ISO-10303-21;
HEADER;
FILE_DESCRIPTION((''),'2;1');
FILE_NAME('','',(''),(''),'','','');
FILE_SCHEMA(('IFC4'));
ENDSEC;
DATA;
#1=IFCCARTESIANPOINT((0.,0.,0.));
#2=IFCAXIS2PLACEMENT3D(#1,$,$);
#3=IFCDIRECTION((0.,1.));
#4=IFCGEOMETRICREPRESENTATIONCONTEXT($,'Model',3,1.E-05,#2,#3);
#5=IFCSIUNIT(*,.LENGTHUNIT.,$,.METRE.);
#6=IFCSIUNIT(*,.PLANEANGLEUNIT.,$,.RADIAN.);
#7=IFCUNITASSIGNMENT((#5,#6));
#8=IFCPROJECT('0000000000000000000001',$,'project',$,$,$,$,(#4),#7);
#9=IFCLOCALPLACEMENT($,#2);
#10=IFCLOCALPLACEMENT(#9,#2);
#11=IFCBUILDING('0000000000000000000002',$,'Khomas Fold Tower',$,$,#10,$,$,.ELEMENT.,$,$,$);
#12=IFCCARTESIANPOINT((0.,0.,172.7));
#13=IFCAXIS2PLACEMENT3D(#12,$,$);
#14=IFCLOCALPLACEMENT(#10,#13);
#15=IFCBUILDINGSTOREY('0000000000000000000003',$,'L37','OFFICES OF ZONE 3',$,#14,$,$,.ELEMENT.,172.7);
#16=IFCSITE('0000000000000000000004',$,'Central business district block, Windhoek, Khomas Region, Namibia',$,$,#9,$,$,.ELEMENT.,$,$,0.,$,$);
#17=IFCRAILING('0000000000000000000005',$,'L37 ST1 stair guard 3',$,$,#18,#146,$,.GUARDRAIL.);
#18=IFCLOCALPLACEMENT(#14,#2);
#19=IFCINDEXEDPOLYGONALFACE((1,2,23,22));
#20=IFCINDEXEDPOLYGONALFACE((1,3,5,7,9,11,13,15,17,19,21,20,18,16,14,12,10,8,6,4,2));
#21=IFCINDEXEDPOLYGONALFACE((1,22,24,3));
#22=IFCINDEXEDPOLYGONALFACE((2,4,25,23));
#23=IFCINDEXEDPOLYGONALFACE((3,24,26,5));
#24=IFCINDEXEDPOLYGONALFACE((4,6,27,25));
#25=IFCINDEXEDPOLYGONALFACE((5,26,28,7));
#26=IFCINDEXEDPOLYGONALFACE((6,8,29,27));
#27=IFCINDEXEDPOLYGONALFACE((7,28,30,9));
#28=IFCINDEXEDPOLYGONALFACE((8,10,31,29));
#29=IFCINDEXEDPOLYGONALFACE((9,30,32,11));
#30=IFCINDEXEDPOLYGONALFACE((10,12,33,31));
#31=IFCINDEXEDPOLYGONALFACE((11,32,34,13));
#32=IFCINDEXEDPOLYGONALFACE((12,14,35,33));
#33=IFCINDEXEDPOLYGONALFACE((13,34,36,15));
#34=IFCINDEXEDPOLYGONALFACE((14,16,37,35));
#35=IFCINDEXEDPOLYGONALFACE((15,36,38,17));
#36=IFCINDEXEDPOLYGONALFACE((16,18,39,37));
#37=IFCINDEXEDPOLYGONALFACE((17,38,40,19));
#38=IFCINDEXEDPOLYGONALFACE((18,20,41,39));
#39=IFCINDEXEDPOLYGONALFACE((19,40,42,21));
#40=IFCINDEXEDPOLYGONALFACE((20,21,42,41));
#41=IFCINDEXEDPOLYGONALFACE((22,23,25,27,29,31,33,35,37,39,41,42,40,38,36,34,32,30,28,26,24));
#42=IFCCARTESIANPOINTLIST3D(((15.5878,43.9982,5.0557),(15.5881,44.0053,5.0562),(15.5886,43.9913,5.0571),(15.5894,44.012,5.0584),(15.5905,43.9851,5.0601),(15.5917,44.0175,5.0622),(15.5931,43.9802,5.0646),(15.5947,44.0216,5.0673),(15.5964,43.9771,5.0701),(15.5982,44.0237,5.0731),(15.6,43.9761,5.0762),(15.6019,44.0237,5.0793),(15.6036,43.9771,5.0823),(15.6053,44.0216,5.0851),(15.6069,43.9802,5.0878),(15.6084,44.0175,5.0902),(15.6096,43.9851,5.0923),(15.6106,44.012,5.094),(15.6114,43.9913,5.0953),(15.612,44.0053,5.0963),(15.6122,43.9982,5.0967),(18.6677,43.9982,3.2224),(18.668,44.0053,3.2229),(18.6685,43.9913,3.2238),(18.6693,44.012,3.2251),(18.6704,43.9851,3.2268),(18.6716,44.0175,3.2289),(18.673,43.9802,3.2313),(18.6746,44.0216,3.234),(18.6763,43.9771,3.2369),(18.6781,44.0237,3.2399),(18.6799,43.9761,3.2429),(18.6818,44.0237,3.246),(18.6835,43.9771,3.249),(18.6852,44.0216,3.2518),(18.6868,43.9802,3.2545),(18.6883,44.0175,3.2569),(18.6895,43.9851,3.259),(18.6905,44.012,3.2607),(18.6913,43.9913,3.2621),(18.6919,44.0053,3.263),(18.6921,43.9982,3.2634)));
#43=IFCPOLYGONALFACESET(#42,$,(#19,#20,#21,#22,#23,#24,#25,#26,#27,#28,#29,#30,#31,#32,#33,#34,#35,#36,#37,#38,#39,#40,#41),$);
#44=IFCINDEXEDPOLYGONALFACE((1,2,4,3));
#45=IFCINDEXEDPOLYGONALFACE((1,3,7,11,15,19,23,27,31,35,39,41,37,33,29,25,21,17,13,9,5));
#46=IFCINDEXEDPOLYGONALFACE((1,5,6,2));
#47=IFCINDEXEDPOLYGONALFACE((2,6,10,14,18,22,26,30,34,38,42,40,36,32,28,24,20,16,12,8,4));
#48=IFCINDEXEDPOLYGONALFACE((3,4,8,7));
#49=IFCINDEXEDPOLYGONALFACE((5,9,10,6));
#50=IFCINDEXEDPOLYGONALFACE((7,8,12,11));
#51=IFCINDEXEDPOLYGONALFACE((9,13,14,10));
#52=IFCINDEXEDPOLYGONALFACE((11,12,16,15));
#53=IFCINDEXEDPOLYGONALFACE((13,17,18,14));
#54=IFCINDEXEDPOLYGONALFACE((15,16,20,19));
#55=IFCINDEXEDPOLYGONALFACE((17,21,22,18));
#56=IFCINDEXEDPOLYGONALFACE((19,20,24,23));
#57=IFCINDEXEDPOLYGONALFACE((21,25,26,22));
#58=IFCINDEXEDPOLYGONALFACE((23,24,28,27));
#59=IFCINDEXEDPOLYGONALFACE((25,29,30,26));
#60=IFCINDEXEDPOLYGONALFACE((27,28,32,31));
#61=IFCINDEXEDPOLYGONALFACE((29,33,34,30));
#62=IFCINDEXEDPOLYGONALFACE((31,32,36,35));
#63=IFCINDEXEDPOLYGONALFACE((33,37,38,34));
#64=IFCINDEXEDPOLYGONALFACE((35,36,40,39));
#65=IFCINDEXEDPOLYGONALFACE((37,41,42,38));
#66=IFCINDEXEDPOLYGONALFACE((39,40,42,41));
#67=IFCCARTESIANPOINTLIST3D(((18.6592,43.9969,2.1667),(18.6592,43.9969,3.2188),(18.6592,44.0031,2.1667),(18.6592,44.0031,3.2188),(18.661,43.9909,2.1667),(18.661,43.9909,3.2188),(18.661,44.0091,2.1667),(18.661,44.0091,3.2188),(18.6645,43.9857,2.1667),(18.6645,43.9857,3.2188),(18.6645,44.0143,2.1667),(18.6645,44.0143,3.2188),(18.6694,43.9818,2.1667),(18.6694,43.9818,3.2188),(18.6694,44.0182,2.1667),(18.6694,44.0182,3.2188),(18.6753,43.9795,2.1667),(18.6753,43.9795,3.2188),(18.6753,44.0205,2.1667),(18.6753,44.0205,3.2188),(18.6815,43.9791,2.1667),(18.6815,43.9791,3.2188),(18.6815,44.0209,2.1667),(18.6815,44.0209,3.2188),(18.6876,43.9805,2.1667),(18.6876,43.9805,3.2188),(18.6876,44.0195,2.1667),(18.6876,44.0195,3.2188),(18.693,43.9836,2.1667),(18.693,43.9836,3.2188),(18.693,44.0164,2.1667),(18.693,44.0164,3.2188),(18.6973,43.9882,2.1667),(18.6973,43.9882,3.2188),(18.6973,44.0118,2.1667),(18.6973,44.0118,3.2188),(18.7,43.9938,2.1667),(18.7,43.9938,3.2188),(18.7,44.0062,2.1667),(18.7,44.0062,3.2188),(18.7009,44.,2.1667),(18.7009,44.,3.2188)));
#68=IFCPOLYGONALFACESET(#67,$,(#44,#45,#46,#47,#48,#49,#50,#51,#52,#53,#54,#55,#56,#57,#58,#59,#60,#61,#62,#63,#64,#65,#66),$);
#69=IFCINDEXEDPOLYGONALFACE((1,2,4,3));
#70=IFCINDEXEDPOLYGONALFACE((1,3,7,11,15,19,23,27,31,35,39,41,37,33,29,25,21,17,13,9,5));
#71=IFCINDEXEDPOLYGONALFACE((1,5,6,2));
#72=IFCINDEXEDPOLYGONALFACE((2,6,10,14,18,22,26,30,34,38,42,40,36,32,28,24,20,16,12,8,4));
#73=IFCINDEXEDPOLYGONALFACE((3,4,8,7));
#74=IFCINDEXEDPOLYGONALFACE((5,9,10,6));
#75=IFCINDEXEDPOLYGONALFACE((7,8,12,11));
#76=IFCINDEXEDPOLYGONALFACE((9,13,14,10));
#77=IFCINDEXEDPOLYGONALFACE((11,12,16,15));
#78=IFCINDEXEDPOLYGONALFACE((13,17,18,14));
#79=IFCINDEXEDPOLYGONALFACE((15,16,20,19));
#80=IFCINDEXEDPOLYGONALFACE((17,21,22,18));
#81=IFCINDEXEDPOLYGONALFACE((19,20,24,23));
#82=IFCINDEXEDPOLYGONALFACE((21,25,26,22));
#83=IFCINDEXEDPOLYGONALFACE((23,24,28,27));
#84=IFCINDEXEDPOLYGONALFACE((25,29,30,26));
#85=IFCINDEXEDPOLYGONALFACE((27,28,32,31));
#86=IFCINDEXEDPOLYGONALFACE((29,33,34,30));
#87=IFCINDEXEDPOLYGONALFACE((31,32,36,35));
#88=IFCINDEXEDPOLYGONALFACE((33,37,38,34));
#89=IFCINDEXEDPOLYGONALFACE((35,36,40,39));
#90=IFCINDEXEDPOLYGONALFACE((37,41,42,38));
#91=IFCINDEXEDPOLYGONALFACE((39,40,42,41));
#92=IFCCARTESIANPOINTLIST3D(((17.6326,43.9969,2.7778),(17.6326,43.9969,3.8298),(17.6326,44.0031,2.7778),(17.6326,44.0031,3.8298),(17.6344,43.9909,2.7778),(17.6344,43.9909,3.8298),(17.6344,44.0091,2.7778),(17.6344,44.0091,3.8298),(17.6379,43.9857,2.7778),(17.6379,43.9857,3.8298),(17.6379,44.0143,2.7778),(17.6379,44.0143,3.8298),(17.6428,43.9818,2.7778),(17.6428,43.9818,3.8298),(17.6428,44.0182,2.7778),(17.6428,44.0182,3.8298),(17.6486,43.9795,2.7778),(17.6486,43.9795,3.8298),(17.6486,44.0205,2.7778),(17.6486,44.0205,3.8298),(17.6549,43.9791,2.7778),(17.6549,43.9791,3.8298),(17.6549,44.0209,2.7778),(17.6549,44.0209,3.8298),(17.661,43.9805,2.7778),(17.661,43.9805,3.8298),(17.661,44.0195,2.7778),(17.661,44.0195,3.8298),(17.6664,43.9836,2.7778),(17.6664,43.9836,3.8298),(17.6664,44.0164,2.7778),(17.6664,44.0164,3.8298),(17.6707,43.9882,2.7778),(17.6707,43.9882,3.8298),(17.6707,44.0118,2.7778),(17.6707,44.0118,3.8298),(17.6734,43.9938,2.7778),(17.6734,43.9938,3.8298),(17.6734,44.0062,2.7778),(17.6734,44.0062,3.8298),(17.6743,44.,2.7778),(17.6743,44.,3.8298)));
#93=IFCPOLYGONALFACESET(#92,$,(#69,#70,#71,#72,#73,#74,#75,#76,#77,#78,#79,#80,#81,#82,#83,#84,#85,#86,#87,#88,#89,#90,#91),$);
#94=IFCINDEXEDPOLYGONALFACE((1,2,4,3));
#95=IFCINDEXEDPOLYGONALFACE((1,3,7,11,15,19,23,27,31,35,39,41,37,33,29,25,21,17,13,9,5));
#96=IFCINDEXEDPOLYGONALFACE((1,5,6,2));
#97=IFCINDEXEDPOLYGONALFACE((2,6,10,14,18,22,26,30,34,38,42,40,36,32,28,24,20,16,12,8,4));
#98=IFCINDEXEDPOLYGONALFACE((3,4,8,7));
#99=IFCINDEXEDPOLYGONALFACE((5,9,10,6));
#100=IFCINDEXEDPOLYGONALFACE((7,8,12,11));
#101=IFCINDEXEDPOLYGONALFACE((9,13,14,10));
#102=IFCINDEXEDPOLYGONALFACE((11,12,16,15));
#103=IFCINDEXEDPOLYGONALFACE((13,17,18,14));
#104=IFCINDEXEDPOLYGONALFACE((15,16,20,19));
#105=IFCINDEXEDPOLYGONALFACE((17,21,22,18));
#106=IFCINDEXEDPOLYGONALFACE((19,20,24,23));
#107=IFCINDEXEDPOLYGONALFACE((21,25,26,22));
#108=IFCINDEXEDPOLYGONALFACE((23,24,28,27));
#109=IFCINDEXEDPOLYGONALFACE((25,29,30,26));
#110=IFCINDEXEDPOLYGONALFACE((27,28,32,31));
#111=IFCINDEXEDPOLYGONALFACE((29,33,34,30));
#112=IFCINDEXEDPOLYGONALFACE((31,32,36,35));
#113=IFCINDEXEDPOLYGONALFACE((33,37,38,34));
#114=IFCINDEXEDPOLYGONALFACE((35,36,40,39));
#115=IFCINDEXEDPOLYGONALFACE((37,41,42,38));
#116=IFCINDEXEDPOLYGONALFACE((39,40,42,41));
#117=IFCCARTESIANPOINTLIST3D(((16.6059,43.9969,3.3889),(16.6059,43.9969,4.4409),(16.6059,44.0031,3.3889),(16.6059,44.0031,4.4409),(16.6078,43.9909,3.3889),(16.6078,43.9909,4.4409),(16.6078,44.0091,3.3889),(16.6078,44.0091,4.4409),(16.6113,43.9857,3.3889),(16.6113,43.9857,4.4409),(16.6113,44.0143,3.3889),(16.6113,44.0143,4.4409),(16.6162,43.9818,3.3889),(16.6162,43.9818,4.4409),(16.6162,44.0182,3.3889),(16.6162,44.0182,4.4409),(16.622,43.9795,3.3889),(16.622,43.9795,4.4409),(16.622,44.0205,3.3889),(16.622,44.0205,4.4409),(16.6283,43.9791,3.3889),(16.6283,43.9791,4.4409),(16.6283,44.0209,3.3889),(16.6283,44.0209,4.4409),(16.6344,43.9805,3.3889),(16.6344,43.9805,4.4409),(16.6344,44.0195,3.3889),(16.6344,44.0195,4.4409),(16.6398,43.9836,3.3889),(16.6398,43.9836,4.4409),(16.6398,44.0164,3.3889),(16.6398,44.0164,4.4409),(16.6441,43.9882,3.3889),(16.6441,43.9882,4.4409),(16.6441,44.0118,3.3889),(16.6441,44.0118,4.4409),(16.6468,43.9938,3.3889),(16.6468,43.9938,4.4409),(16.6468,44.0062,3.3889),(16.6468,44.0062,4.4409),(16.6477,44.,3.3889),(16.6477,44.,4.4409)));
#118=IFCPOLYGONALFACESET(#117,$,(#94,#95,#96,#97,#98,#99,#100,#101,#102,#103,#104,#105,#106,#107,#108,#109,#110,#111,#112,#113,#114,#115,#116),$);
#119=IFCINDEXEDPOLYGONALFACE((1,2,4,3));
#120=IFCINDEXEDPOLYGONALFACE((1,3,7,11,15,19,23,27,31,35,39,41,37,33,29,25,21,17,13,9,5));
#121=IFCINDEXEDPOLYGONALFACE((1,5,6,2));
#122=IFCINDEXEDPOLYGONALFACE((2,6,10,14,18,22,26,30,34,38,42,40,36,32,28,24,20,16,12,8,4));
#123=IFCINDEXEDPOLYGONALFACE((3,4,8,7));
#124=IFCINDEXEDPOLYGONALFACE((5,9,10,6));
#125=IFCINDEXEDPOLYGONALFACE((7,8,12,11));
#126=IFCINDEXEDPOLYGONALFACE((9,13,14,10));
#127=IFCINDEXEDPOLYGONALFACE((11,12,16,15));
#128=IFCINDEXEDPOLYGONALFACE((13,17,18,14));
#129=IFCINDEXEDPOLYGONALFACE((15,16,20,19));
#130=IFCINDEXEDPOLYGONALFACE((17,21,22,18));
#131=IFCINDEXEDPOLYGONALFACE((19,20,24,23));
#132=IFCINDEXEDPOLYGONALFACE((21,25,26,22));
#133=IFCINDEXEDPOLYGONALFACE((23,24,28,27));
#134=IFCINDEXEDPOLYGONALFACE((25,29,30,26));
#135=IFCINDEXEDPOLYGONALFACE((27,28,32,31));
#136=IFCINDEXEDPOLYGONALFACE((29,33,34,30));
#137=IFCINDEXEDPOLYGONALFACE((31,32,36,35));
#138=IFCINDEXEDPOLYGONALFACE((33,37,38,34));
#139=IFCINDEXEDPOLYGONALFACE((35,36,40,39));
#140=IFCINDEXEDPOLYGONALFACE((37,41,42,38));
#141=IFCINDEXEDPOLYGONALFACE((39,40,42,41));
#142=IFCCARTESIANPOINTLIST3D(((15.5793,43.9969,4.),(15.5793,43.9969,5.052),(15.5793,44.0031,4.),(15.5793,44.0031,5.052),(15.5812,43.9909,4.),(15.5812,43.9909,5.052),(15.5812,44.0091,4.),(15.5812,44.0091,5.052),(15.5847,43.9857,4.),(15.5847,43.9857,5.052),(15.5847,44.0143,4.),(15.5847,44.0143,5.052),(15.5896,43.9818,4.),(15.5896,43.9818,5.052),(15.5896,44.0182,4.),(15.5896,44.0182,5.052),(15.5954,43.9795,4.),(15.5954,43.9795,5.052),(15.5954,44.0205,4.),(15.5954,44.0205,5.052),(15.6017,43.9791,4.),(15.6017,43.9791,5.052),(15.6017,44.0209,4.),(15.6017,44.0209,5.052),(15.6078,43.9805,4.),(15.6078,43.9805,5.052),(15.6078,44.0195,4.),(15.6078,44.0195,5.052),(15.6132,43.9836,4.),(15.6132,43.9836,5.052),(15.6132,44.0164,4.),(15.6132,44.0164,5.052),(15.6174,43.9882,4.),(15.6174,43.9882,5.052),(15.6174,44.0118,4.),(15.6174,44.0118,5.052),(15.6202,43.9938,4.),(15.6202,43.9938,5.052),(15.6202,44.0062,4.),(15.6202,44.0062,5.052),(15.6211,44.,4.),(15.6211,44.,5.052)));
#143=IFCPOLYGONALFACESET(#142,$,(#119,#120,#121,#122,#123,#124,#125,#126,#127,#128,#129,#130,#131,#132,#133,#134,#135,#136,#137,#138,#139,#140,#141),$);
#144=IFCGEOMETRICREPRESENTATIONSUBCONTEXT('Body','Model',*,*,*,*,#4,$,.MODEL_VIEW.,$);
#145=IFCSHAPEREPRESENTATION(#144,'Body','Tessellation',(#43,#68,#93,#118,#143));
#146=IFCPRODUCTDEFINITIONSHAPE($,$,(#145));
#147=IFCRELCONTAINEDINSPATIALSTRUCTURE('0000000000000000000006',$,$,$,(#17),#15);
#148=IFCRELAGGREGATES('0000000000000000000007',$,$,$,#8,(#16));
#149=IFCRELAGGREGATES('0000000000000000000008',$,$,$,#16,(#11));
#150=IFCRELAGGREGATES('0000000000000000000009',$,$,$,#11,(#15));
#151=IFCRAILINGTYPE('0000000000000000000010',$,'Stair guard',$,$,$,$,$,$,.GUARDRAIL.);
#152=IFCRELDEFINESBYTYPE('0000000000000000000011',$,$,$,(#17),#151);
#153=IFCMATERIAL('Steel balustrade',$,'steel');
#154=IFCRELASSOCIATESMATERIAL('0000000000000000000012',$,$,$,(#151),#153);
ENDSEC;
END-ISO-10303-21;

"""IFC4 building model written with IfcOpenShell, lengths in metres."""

from ifc_helpers import new_model, si_unit, direction, frame, origin, origin_2d, place, context, subcontext, project, spatial, circle, extrude, source, transform, mapped, material, type_object, element, save


model = new_model("IFC4")

# Units and contexts
model_context = context("Model", 3, precision=1e-05, world=origin(), true_north=direction((0.0, 1.0)))
body_context = subcontext(model_context, "Body", "Model", "MODEL_VIEW")
ifc_project = project(units=[si_unit("LENGTHUNIT", "METRE"), si_unit("PLANEANGLEUNIT", "RADIAN")], contexts=[model_context])

# Site, building, storey
site_placement = place(None, origin())
site = spatial("IfcSite", under=ifc_project, at=site_placement, Name="Central business district block, Windhoek, Khomas Region, Namibia", CompositionType="ELEMENT", RefElevation=0.0)
building_placement = place(site_placement, origin())
building = spatial("IfcBuilding", under=site, at=building_placement, Name="Khomas Fold Tower", CompositionType="ELEMENT")
storey_placement = place(building_placement, frame((0.0, 0.0, 172.7)))
storey = spatial("IfcBuildingStorey", under=building, at=storey_placement, Name="L37", Description="OFFICES OF ZONE 3", CompositionType="ELEMENT", Elevation=172.7)

# Railing
ifc_material_1 = material(Name="Steel balustrade", Category="steel")
railing_type_1 = type_object("IfcRailingType", Name="Stair guard", PredefinedType="GUARDRAIL", material=ifc_material_1)
shared_shape_1 = source(origin(), body_context, "Body", "SweptSolid", [
    extrude(circle(Radius=0.0239, at=origin_2d()), frame((0.0, 0.0, 1.0762), z_axis=(-0.859291, 0.0, 0.511487), x_axis=(0.0, -1.0, 0.0)), (0.0, 0.0, 1.0), 3.5842),
    extrude(circle(Radius=0.021, at=origin_2d()), origin(), (0.0, 0.0, 1.0), 1.052),
    extrude(circle(Radius=0.021, at=origin_2d()), frame((-1.0266, 0.0, 0.6111)), (0.0, 0.0, 1.0), 1.052),
    extrude(circle(Radius=0.021, at=origin_2d()), frame((-2.0532, 0.0, 1.2222)), (0.0, 0.0, 1.0), 1.052),
    extrude(circle(Radius=0.021, at=origin_2d()), frame((-3.0798, 0.0, 1.8333)), (0.0, 0.0, 1.0), 1.052),
])
railing_1_placement = place(storey_placement, frame((18.6799, 44.0, 2.1667)))
element("IfcRailing", 1, at=railing_1_placement, inside=storey, type_object=railing_type_1, Name="L37 ST1 stair guard 3", PredefinedType="GUARDRAIL", context=body_context, shape_type="MappedRepresentation", body=[
    mapped(shared_shape_1, transform((0.0, 0.0, 0.0))),
])

save(model, "model.ifc")
